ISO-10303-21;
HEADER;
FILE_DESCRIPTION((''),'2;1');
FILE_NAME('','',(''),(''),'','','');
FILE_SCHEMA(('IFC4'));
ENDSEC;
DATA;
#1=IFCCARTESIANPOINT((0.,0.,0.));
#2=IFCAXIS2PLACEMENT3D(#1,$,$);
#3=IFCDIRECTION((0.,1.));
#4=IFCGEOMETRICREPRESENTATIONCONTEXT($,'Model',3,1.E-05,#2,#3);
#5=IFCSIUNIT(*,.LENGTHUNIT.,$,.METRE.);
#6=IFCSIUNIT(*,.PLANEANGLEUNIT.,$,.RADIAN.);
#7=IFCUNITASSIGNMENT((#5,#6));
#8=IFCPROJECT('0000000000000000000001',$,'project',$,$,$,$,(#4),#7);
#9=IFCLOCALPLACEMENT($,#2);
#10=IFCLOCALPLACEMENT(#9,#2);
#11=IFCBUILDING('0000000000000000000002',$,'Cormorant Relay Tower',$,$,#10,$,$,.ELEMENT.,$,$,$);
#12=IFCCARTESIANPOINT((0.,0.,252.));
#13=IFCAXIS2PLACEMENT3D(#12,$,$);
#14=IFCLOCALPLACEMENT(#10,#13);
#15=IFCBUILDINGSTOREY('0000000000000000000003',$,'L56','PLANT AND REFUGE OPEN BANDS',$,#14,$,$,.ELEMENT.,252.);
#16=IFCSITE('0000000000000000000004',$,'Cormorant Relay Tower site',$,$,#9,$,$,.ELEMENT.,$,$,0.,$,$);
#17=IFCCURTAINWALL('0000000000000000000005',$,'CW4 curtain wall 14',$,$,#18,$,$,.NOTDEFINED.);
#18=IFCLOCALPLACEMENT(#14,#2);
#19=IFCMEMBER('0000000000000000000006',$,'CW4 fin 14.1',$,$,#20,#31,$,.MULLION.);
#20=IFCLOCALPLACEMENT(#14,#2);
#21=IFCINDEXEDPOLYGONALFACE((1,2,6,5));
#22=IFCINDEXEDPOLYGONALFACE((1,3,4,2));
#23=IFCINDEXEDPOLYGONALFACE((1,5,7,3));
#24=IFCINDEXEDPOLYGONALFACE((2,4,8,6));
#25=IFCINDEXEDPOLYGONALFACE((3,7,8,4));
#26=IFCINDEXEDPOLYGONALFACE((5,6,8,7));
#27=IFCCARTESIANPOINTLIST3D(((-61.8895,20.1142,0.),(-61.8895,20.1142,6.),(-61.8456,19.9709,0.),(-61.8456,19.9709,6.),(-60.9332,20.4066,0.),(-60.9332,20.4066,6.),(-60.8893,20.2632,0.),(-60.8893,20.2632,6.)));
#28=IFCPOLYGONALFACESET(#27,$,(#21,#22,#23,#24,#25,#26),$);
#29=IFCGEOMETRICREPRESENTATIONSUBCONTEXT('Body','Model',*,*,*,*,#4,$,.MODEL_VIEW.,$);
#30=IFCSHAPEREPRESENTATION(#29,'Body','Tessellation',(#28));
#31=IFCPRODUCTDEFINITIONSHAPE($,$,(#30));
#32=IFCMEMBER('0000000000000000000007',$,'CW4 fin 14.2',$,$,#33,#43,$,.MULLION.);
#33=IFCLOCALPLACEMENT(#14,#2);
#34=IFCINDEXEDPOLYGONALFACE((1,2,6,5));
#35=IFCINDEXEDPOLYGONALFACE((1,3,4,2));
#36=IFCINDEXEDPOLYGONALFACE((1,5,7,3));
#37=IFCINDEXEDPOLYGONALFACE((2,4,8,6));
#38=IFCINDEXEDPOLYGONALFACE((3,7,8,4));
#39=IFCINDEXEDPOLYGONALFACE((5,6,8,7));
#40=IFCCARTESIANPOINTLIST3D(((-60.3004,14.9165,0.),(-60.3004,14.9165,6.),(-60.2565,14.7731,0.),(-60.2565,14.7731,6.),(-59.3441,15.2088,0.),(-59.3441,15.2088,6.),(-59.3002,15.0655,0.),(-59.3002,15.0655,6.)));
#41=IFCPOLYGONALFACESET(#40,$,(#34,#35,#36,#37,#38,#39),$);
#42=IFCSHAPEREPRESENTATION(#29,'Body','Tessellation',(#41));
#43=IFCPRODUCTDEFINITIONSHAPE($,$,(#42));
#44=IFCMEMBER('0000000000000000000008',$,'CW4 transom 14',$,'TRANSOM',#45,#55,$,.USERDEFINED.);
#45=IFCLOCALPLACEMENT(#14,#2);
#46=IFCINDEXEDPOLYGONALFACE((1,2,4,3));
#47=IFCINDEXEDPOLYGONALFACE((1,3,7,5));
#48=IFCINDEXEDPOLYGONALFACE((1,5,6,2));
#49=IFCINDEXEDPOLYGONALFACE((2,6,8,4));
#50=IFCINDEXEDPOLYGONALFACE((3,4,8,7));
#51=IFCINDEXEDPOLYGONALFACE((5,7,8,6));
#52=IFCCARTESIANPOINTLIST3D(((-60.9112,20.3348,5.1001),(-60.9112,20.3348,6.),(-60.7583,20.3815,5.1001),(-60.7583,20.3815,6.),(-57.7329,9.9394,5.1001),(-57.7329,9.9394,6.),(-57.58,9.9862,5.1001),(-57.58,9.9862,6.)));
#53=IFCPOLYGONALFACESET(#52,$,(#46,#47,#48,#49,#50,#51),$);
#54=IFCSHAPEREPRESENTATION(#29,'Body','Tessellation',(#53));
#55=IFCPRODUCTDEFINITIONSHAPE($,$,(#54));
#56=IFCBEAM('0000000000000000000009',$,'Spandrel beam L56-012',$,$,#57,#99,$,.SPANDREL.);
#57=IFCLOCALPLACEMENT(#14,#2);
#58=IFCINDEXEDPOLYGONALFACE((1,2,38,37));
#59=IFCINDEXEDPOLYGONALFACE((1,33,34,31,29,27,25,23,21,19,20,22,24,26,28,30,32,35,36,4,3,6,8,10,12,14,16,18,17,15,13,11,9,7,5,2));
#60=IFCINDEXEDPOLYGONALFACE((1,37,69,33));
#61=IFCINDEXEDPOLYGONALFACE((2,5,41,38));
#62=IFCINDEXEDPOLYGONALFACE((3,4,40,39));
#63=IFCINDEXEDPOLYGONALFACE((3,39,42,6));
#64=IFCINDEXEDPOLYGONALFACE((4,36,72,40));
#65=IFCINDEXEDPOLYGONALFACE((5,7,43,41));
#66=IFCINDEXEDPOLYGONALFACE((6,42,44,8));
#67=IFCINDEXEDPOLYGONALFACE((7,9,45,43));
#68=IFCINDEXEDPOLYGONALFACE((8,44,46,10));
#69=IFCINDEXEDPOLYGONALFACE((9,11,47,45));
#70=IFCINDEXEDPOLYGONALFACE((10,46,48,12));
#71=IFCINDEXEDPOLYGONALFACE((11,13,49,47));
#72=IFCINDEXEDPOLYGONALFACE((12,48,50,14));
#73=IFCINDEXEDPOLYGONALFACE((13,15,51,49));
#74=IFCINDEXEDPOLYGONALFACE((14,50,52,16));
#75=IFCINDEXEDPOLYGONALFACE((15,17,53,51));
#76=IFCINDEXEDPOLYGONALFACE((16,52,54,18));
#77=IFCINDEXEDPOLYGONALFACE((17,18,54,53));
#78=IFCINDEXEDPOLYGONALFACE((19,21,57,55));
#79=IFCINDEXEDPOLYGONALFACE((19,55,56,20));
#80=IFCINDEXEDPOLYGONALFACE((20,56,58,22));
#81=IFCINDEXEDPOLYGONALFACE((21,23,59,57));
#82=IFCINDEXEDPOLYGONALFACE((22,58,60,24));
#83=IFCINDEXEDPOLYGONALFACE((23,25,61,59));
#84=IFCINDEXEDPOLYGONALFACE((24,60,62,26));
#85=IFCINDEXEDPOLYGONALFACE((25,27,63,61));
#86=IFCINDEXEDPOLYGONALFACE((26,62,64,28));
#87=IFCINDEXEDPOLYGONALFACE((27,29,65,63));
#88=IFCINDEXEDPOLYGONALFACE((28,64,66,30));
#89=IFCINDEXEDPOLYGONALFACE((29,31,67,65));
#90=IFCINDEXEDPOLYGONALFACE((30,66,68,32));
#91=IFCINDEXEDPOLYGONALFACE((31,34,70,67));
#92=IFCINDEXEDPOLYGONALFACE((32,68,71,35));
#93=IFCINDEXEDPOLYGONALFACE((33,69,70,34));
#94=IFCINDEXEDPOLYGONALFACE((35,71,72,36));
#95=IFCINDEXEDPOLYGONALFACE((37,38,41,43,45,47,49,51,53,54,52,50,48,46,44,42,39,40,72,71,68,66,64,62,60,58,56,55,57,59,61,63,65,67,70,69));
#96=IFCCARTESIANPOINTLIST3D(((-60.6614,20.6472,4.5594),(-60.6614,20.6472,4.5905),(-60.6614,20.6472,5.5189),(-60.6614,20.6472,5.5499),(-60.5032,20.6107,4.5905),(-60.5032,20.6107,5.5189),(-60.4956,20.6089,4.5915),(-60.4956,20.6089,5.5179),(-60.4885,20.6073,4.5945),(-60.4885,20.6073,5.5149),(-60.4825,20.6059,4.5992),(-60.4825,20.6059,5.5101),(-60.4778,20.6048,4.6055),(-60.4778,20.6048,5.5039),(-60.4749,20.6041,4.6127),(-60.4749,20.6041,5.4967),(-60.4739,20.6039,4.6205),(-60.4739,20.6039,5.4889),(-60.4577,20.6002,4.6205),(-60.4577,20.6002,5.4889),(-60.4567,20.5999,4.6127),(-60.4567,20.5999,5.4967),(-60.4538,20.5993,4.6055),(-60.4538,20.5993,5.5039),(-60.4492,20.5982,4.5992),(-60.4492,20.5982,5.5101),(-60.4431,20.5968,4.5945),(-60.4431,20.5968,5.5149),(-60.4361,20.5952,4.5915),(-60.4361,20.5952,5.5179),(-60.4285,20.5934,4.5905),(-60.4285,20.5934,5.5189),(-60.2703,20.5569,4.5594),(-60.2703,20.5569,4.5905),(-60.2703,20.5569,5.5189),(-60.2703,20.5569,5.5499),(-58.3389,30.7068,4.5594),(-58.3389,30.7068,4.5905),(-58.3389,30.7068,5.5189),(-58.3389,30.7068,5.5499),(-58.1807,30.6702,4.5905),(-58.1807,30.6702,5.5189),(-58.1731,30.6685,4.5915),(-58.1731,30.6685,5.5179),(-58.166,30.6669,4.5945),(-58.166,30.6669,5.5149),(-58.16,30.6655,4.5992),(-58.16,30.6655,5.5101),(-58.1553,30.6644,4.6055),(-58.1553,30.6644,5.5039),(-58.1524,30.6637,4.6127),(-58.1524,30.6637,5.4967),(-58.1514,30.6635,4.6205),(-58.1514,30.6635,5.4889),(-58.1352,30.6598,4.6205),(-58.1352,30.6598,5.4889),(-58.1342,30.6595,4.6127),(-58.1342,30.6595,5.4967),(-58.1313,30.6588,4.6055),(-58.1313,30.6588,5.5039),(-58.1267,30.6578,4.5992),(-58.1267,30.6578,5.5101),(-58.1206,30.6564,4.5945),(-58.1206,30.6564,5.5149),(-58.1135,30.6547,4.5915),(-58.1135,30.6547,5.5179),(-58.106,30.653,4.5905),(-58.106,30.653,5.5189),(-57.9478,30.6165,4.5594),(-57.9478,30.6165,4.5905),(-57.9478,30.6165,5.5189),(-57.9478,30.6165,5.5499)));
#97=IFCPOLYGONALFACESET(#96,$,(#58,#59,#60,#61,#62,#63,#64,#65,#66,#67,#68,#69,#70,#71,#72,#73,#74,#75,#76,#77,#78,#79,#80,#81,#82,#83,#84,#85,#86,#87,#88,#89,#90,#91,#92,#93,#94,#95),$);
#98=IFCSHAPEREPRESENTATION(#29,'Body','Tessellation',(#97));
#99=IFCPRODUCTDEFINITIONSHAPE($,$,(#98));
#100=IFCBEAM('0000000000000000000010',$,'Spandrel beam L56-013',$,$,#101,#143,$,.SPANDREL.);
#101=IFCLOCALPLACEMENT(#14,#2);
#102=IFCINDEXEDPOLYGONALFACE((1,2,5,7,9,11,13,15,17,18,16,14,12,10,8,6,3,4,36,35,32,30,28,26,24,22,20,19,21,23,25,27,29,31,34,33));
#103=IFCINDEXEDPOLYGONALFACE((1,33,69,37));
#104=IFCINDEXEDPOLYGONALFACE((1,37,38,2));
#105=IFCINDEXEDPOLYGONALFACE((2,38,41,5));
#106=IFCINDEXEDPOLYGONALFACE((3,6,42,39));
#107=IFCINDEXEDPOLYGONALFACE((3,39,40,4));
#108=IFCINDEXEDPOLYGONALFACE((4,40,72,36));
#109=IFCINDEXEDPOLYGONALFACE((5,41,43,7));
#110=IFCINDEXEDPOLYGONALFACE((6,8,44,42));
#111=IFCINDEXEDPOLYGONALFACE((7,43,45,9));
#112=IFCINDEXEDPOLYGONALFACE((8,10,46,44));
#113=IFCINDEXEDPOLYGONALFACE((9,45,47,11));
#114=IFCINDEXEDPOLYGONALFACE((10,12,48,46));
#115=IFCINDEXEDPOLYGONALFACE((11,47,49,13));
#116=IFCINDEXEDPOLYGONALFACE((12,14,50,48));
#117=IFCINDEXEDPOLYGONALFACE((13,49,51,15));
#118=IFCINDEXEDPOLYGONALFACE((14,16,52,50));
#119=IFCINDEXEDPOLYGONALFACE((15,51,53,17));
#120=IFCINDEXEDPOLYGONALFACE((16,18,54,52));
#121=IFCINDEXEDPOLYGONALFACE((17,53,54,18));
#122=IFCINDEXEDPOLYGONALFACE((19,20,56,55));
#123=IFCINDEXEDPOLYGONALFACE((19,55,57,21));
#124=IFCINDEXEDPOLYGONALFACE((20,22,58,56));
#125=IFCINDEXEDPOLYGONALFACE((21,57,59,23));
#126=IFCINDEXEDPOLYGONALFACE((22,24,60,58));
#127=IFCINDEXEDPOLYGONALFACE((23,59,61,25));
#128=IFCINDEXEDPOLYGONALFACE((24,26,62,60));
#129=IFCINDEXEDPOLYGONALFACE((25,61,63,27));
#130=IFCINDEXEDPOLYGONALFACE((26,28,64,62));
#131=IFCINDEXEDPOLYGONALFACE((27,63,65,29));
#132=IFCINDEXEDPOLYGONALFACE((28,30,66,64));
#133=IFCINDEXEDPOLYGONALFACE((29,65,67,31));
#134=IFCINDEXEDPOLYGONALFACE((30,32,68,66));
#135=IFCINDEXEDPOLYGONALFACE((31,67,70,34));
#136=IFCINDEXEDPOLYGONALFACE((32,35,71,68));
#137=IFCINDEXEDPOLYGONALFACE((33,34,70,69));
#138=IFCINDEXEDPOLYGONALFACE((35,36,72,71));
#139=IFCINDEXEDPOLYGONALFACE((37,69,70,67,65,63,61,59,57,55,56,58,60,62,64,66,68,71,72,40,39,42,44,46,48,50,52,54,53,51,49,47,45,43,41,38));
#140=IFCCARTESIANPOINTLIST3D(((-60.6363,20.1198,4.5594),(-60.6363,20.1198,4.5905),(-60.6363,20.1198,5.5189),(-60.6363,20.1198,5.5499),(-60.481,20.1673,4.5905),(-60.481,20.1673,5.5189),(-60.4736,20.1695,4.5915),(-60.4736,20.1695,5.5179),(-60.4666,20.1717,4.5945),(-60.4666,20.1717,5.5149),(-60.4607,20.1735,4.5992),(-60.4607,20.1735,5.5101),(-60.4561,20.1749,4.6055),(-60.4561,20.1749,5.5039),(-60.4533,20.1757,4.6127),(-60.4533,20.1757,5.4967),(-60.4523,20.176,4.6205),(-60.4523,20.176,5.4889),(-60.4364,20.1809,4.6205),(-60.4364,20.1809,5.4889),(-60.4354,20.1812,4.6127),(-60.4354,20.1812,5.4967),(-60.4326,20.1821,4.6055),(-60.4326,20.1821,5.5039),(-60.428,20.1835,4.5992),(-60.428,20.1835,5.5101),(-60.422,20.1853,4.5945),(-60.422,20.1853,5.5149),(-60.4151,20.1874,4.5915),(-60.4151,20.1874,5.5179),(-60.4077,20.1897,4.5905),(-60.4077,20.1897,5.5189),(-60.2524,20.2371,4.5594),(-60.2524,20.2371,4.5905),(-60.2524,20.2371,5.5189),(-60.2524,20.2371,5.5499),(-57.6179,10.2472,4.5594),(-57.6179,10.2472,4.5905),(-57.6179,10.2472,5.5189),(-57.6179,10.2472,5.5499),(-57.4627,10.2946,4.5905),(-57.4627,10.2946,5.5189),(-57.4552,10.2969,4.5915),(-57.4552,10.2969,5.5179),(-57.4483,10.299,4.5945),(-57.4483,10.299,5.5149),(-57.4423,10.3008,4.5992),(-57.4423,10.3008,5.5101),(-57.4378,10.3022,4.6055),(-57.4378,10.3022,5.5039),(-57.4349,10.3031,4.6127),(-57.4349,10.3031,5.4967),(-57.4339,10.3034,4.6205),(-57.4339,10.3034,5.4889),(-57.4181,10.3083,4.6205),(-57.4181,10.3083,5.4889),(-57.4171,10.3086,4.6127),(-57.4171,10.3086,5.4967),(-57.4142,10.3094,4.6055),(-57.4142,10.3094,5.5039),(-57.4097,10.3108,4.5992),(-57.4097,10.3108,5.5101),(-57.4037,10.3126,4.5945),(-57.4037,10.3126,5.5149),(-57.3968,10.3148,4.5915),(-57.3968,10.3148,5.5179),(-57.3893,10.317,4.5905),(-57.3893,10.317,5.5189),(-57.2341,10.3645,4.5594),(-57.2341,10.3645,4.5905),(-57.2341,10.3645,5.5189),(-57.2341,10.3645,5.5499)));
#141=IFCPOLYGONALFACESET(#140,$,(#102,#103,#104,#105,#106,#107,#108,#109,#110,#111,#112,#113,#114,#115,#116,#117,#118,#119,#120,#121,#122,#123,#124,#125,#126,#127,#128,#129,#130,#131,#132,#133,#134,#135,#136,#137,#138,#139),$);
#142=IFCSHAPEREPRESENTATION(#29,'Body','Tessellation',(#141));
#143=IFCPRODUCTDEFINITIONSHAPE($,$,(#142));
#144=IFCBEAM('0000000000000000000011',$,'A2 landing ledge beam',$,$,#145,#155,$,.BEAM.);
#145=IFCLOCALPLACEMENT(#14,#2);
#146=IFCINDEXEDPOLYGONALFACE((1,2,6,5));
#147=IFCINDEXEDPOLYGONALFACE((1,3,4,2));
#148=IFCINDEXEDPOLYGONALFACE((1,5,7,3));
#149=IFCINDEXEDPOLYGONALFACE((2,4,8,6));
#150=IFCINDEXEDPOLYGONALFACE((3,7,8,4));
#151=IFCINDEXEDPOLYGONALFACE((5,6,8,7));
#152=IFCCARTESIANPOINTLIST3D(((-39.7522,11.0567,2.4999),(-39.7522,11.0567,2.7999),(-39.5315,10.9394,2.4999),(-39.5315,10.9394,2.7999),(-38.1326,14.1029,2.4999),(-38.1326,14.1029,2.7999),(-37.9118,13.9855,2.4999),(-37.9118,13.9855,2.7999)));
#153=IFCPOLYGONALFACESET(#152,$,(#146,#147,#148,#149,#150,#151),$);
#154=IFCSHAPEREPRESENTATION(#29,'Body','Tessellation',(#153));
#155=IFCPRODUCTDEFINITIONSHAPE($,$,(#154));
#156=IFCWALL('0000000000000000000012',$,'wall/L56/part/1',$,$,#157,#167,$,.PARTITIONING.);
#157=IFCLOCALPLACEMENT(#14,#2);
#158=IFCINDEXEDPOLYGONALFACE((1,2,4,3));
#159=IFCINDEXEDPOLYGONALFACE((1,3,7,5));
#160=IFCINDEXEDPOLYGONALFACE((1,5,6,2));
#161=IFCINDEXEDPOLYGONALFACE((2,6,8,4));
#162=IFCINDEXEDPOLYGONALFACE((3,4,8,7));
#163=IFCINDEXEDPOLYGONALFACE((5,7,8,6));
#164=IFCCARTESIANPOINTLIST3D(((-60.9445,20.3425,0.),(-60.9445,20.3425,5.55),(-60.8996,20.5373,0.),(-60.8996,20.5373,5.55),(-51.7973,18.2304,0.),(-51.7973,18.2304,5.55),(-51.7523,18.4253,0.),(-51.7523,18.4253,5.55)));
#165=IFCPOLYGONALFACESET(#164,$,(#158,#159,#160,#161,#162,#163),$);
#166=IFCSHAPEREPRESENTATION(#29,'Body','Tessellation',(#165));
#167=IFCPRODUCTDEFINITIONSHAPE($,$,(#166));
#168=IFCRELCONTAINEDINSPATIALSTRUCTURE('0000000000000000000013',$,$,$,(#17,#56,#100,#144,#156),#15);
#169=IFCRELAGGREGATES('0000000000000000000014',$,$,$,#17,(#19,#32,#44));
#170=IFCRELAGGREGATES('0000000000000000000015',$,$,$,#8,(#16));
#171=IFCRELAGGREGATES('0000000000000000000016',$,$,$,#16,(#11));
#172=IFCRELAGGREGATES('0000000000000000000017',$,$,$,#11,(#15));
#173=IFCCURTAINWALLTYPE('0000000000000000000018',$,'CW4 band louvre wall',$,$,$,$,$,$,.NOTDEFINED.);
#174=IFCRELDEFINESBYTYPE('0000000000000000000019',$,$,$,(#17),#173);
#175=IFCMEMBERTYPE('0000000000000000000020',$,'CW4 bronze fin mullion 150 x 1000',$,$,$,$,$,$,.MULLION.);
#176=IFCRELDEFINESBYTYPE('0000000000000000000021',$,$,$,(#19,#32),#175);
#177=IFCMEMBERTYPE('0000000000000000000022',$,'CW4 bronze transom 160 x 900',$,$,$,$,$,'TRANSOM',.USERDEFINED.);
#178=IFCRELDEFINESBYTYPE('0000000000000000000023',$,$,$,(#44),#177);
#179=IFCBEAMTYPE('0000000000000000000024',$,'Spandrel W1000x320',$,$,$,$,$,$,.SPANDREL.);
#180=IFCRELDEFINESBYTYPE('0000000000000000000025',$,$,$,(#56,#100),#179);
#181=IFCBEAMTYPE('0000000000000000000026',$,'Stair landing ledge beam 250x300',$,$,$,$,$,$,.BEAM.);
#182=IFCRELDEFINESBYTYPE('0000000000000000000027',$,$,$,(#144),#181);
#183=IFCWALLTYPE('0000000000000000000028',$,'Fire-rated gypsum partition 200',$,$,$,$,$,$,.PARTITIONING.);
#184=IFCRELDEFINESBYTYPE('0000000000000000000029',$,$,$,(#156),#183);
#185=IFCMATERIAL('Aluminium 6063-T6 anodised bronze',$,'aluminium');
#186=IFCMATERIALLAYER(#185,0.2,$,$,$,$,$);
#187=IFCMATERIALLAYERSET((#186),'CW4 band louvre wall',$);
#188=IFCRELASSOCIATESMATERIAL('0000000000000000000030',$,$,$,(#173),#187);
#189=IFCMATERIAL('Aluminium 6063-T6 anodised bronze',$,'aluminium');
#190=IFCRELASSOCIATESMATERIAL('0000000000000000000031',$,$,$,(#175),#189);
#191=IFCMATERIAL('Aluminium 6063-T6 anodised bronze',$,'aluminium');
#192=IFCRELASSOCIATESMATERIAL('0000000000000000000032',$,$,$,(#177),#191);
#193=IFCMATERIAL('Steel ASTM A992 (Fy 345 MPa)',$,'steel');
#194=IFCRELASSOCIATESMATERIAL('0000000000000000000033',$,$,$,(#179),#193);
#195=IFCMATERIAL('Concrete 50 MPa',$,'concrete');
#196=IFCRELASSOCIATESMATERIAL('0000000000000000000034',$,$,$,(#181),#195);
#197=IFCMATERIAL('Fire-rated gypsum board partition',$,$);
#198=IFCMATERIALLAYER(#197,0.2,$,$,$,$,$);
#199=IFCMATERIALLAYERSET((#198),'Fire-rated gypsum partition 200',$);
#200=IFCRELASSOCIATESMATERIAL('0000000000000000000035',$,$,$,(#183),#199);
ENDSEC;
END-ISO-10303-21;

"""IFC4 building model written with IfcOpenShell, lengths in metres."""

from ifc_helpers import new_model, si_unit, direction, frame, frame_2d, origin, origin_2d, place, context, subcontext, project, spatial, rectangle, i_section, extrude, material, layer, layer_set, material_profile, profile_set, type_object, element, aggregate, save


model = new_model("IFC4")

# Units and contexts
model_context = context("Model", 3, precision=1e-05, world=origin(), true_north=direction((0.0, 1.0)))
body_context = subcontext(model_context, "Body", "Model", "MODEL_VIEW")
ifc_project = project(units=[si_unit("LENGTHUNIT", "METRE"), si_unit("PLANEANGLEUNIT", "RADIAN")], contexts=[model_context])

# Site, building, storey
site_placement = place(None, origin())
site = spatial("IfcSite", under=ifc_project, at=site_placement, Name="Cormorant Relay Tower site", CompositionType="ELEMENT", RefElevation=0.0)
building_placement = place(site_placement, origin())
building = spatial("IfcBuilding", under=site, at=building_placement, Name="Cormorant Relay Tower", CompositionType="ELEMENT")
storey_placement = place(building_placement, frame((0.0, 0.0, 252.0)))
storey = spatial("IfcBuildingStorey", under=building, at=storey_placement, Name="L56", Description="PLANT AND REFUGE OPEN BANDS", CompositionType="ELEMENT", Elevation=252.0)

# Shared definitions
ifc_material_1 = material(Name="Aluminium 6063-T6 anodised bronze", Category="aluminium")
ifc_layer_1 = layer(ifc_material_1, 0.2)
ifc_layer_set_1 = layer_set([ifc_layer_1], Name="CW4 band louvre wall")
curtain_wall_type = type_object("IfcCurtainWallType", Name="CW4 band louvre wall", PredefinedType="NOTDEFINED", material=ifc_layer_set_1)
ifc_material_2 = material(Name="Aluminium 6063-T6 anodised bronze", Category="aluminium")
ifc_material_profile_1 = material_profile(ifc_material_2, rectangle(XDim=0.1499, YDim=1.0, at=origin_2d()), Name="AL 150x1000")
ifc_profile_set_1 = profile_set([ifc_material_profile_1], Name="Aluminium 6063-T6 anodised bronze")
member_type_1 = type_object("IfcMemberType", Name="CW4 bronze fin mullion 150 x 1000", PredefinedType="MULLION", material=ifc_profile_set_1)

# Curtain wall, members
curtain_wall_1_placement = place(storey_placement, origin())
curtain_wall_1 = element("IfcCurtainWall", 1, at=curtain_wall_1_placement, inside=storey, type_object=curtain_wall_type, Name="CW4 curtain wall 14", PredefinedType="NOTDEFINED")
member_1_placement = place(storey_placement, frame((-61.3894, 20.1887, 0.0), z_axis=(0.0, 0.0, 1.0), x_axis=(0.292372, -0.956305, 0.0)))
member_1 = element("IfcMember", 2, at=member_1_placement, type_object=member_type_1, Name="CW4 fin 14.1", PredefinedType="MULLION", context=body_context, shape_type="SweptSolid", body=[
    extrude(rectangle(XDim=0.1499, YDim=1.0, at=origin_2d()), origin(), (0.0, 0.0, 1.0), 6.0),
])
member_2_placement = place(storey_placement, frame((-59.8003, 14.991, 0.0), z_axis=(0.0, 0.0, 1.0), x_axis=(0.292372, -0.956305, 0.0)))
member_2 = element("IfcMember", 3, at=member_2_placement, type_object=member_type_1, Name="CW4 fin 14.2", PredefinedType="MULLION", context=body_context, shape_type="SweptSolid", body=[
    extrude(rectangle(XDim=0.1499, YDim=1.0, at=origin_2d()), origin(), (0.0, 0.0, 1.0), 6.0),
])
ifc_material_3 = material(Name="Aluminium 6063-T6 anodised bronze", Category="aluminium")
ifc_material_profile_2 = material_profile(ifc_material_3, rectangle(XDim=0.1599, YDim=0.8999, at=origin_2d()), Name="AL 160x900")
ifc_profile_set_2 = profile_set([ifc_material_profile_2], Name="Aluminium 6063-T6 anodised bronze")
member_type_2 = type_object("IfcMemberType", Name="CW4 bronze transom 160 x 900", ElementType="TRANSOM", PredefinedType="USERDEFINED", material=ifc_profile_set_2)
member_3_placement = place(storey_placement, frame((-60.8347, 20.3582, 5.55), z_axis=(0.292378, -0.956303, 0.0), x_axis=(0.956303, 0.292378, 0.0)))
member_3 = element("IfcMember", 4, at=member_3_placement, type_object=member_type_2, Name="CW4 transom 14", ObjectType="TRANSOM", PredefinedType="USERDEFINED", context=body_context, shape_type="SweptSolid", body=[
    extrude(rectangle(XDim=0.1599, YDim=0.8999, at=origin_2d()), origin(), (0.0, 0.0, 1.0), 10.8704),
])

# Beams
ifc_material_4 = material(Name="Steel ASTM A992 (Fy 345 MPa)", Category="steel")
ifc_material_profile_3 = material_profile(ifc_material_4, i_section(OverallWidth=0.4014, OverallDepth=0.9905, WebThickness=0.0166, FlangeThickness=0.031, FilletRadius=0.03, at=origin_2d()), Name="W1000x320")
ifc_profile_set_3 = profile_set([ifc_material_profile_3], Name="Steel ASTM A992 (Fy 345 MPa)")
beam_type_1 = type_object("IfcBeamType", Name="Spandrel W1000x320", PredefinedType="SPANDREL", material=ifc_profile_set_3)
beam_1_placement = place(storey_placement, frame((-58.1433, 30.6616, 5.0547), z_axis=(-0.224958, -0.974368, 0.0), x_axis=(0.974368, -0.224958, 0.0)))
element("IfcBeam", 5, at=beam_1_placement, inside=storey, type_object=beam_type_1, Name="Spandrel beam L56-012", PredefinedType="SPANDREL", context=body_context, shape_type="SweptSolid", body=[
    extrude(i_section(OverallWidth=0.4014, OverallDepth=0.9905, WebThickness=0.0166, FlangeThickness=0.031, FilletRadius=0.03, at=origin_2d()), origin(), (0.0, 0.0, 1.0), 10.3242),
])
beam_2_placement = place(storey_placement, frame((-60.4443, 20.1785, 5.0547), z_axis=(0.292369, -0.956306, 0.0), x_axis=(0.956306, 0.292369, 0.0)))
element("IfcBeam", 6, at=beam_2_placement, inside=storey, type_object=beam_type_1, Name="Spandrel beam L56-013", PredefinedType="SPANDREL", context=body_context, shape_type="SweptSolid", body=[
    extrude(i_section(OverallWidth=0.4014, OverallDepth=0.9905, WebThickness=0.0166, FlangeThickness=0.031, FilletRadius=0.03, at=origin_2d()), origin(), (0.0, 0.0, 1.0), 10.3237),
])
ifc_material_5 = material(Name="Concrete 50 MPa", Category="concrete")
ifc_material_profile_4 = material_profile(ifc_material_5, rectangle(XDim=0.25, YDim=0.3, at=origin_2d()), Name="RC 250x300")
ifc_profile_set_4 = profile_set([ifc_material_profile_4], Name="Concrete 50 MPa")
beam_type_2 = type_object("IfcBeamType", Name="Stair landing ledge beam 250x300", PredefinedType="BEAM", material=ifc_profile_set_4)
beam_3_placement = place(storey_placement, frame((-38.0222, 14.0442, 2.6499), z_axis=(-0.469464, -0.882952, 0.0), x_axis=(0.882952, -0.469464, 0.0)))
element("IfcBeam", 7, at=beam_3_placement, inside=storey, type_object=beam_type_2, Name="A2 landing ledge beam", PredefinedType="BEAM", context=body_context, shape_type="SweptSolid", body=[
    extrude(rectangle(XDim=0.25, YDim=0.3, at=origin_2d()), origin(), (0.0, 0.0, 1.0), 3.45),
])

# Wall
ifc_material_6 = material(Name="Fire-rated gypsum board partition")
ifc_layer_2 = layer(ifc_material_6, 0.2)
ifc_layer_set_2 = layer_set([ifc_layer_2], Name="Fire-rated gypsum partition 200")
wall_type_1 = type_object("IfcWallType", Name="Fire-rated gypsum partition 200", PredefinedType="PARTITIONING", material=ifc_layer_set_2)
wall_1_placement = place(storey_placement, frame((-51.7749, 18.3279, 0.0), z_axis=(0.0, 0.0, 1.0), x_axis=(-0.974364, 0.224977, 0.0)))
element("IfcWall", 8, at=wall_1_placement, inside=storey, type_object=wall_type_1, Name="wall/L56/part/1", PredefinedType="PARTITIONING", context=body_context, shape_type="SweptSolid", body=[
    extrude(rectangle(XDim=9.3879, YDim=0.2, at=frame_2d((4.6938, 0.0))), origin(), (0.0, 0.0, 1.0), 5.55),
])

aggregate(curtain_wall_1, [member_1, member_2, member_3])

save(model, "model.ifc")
